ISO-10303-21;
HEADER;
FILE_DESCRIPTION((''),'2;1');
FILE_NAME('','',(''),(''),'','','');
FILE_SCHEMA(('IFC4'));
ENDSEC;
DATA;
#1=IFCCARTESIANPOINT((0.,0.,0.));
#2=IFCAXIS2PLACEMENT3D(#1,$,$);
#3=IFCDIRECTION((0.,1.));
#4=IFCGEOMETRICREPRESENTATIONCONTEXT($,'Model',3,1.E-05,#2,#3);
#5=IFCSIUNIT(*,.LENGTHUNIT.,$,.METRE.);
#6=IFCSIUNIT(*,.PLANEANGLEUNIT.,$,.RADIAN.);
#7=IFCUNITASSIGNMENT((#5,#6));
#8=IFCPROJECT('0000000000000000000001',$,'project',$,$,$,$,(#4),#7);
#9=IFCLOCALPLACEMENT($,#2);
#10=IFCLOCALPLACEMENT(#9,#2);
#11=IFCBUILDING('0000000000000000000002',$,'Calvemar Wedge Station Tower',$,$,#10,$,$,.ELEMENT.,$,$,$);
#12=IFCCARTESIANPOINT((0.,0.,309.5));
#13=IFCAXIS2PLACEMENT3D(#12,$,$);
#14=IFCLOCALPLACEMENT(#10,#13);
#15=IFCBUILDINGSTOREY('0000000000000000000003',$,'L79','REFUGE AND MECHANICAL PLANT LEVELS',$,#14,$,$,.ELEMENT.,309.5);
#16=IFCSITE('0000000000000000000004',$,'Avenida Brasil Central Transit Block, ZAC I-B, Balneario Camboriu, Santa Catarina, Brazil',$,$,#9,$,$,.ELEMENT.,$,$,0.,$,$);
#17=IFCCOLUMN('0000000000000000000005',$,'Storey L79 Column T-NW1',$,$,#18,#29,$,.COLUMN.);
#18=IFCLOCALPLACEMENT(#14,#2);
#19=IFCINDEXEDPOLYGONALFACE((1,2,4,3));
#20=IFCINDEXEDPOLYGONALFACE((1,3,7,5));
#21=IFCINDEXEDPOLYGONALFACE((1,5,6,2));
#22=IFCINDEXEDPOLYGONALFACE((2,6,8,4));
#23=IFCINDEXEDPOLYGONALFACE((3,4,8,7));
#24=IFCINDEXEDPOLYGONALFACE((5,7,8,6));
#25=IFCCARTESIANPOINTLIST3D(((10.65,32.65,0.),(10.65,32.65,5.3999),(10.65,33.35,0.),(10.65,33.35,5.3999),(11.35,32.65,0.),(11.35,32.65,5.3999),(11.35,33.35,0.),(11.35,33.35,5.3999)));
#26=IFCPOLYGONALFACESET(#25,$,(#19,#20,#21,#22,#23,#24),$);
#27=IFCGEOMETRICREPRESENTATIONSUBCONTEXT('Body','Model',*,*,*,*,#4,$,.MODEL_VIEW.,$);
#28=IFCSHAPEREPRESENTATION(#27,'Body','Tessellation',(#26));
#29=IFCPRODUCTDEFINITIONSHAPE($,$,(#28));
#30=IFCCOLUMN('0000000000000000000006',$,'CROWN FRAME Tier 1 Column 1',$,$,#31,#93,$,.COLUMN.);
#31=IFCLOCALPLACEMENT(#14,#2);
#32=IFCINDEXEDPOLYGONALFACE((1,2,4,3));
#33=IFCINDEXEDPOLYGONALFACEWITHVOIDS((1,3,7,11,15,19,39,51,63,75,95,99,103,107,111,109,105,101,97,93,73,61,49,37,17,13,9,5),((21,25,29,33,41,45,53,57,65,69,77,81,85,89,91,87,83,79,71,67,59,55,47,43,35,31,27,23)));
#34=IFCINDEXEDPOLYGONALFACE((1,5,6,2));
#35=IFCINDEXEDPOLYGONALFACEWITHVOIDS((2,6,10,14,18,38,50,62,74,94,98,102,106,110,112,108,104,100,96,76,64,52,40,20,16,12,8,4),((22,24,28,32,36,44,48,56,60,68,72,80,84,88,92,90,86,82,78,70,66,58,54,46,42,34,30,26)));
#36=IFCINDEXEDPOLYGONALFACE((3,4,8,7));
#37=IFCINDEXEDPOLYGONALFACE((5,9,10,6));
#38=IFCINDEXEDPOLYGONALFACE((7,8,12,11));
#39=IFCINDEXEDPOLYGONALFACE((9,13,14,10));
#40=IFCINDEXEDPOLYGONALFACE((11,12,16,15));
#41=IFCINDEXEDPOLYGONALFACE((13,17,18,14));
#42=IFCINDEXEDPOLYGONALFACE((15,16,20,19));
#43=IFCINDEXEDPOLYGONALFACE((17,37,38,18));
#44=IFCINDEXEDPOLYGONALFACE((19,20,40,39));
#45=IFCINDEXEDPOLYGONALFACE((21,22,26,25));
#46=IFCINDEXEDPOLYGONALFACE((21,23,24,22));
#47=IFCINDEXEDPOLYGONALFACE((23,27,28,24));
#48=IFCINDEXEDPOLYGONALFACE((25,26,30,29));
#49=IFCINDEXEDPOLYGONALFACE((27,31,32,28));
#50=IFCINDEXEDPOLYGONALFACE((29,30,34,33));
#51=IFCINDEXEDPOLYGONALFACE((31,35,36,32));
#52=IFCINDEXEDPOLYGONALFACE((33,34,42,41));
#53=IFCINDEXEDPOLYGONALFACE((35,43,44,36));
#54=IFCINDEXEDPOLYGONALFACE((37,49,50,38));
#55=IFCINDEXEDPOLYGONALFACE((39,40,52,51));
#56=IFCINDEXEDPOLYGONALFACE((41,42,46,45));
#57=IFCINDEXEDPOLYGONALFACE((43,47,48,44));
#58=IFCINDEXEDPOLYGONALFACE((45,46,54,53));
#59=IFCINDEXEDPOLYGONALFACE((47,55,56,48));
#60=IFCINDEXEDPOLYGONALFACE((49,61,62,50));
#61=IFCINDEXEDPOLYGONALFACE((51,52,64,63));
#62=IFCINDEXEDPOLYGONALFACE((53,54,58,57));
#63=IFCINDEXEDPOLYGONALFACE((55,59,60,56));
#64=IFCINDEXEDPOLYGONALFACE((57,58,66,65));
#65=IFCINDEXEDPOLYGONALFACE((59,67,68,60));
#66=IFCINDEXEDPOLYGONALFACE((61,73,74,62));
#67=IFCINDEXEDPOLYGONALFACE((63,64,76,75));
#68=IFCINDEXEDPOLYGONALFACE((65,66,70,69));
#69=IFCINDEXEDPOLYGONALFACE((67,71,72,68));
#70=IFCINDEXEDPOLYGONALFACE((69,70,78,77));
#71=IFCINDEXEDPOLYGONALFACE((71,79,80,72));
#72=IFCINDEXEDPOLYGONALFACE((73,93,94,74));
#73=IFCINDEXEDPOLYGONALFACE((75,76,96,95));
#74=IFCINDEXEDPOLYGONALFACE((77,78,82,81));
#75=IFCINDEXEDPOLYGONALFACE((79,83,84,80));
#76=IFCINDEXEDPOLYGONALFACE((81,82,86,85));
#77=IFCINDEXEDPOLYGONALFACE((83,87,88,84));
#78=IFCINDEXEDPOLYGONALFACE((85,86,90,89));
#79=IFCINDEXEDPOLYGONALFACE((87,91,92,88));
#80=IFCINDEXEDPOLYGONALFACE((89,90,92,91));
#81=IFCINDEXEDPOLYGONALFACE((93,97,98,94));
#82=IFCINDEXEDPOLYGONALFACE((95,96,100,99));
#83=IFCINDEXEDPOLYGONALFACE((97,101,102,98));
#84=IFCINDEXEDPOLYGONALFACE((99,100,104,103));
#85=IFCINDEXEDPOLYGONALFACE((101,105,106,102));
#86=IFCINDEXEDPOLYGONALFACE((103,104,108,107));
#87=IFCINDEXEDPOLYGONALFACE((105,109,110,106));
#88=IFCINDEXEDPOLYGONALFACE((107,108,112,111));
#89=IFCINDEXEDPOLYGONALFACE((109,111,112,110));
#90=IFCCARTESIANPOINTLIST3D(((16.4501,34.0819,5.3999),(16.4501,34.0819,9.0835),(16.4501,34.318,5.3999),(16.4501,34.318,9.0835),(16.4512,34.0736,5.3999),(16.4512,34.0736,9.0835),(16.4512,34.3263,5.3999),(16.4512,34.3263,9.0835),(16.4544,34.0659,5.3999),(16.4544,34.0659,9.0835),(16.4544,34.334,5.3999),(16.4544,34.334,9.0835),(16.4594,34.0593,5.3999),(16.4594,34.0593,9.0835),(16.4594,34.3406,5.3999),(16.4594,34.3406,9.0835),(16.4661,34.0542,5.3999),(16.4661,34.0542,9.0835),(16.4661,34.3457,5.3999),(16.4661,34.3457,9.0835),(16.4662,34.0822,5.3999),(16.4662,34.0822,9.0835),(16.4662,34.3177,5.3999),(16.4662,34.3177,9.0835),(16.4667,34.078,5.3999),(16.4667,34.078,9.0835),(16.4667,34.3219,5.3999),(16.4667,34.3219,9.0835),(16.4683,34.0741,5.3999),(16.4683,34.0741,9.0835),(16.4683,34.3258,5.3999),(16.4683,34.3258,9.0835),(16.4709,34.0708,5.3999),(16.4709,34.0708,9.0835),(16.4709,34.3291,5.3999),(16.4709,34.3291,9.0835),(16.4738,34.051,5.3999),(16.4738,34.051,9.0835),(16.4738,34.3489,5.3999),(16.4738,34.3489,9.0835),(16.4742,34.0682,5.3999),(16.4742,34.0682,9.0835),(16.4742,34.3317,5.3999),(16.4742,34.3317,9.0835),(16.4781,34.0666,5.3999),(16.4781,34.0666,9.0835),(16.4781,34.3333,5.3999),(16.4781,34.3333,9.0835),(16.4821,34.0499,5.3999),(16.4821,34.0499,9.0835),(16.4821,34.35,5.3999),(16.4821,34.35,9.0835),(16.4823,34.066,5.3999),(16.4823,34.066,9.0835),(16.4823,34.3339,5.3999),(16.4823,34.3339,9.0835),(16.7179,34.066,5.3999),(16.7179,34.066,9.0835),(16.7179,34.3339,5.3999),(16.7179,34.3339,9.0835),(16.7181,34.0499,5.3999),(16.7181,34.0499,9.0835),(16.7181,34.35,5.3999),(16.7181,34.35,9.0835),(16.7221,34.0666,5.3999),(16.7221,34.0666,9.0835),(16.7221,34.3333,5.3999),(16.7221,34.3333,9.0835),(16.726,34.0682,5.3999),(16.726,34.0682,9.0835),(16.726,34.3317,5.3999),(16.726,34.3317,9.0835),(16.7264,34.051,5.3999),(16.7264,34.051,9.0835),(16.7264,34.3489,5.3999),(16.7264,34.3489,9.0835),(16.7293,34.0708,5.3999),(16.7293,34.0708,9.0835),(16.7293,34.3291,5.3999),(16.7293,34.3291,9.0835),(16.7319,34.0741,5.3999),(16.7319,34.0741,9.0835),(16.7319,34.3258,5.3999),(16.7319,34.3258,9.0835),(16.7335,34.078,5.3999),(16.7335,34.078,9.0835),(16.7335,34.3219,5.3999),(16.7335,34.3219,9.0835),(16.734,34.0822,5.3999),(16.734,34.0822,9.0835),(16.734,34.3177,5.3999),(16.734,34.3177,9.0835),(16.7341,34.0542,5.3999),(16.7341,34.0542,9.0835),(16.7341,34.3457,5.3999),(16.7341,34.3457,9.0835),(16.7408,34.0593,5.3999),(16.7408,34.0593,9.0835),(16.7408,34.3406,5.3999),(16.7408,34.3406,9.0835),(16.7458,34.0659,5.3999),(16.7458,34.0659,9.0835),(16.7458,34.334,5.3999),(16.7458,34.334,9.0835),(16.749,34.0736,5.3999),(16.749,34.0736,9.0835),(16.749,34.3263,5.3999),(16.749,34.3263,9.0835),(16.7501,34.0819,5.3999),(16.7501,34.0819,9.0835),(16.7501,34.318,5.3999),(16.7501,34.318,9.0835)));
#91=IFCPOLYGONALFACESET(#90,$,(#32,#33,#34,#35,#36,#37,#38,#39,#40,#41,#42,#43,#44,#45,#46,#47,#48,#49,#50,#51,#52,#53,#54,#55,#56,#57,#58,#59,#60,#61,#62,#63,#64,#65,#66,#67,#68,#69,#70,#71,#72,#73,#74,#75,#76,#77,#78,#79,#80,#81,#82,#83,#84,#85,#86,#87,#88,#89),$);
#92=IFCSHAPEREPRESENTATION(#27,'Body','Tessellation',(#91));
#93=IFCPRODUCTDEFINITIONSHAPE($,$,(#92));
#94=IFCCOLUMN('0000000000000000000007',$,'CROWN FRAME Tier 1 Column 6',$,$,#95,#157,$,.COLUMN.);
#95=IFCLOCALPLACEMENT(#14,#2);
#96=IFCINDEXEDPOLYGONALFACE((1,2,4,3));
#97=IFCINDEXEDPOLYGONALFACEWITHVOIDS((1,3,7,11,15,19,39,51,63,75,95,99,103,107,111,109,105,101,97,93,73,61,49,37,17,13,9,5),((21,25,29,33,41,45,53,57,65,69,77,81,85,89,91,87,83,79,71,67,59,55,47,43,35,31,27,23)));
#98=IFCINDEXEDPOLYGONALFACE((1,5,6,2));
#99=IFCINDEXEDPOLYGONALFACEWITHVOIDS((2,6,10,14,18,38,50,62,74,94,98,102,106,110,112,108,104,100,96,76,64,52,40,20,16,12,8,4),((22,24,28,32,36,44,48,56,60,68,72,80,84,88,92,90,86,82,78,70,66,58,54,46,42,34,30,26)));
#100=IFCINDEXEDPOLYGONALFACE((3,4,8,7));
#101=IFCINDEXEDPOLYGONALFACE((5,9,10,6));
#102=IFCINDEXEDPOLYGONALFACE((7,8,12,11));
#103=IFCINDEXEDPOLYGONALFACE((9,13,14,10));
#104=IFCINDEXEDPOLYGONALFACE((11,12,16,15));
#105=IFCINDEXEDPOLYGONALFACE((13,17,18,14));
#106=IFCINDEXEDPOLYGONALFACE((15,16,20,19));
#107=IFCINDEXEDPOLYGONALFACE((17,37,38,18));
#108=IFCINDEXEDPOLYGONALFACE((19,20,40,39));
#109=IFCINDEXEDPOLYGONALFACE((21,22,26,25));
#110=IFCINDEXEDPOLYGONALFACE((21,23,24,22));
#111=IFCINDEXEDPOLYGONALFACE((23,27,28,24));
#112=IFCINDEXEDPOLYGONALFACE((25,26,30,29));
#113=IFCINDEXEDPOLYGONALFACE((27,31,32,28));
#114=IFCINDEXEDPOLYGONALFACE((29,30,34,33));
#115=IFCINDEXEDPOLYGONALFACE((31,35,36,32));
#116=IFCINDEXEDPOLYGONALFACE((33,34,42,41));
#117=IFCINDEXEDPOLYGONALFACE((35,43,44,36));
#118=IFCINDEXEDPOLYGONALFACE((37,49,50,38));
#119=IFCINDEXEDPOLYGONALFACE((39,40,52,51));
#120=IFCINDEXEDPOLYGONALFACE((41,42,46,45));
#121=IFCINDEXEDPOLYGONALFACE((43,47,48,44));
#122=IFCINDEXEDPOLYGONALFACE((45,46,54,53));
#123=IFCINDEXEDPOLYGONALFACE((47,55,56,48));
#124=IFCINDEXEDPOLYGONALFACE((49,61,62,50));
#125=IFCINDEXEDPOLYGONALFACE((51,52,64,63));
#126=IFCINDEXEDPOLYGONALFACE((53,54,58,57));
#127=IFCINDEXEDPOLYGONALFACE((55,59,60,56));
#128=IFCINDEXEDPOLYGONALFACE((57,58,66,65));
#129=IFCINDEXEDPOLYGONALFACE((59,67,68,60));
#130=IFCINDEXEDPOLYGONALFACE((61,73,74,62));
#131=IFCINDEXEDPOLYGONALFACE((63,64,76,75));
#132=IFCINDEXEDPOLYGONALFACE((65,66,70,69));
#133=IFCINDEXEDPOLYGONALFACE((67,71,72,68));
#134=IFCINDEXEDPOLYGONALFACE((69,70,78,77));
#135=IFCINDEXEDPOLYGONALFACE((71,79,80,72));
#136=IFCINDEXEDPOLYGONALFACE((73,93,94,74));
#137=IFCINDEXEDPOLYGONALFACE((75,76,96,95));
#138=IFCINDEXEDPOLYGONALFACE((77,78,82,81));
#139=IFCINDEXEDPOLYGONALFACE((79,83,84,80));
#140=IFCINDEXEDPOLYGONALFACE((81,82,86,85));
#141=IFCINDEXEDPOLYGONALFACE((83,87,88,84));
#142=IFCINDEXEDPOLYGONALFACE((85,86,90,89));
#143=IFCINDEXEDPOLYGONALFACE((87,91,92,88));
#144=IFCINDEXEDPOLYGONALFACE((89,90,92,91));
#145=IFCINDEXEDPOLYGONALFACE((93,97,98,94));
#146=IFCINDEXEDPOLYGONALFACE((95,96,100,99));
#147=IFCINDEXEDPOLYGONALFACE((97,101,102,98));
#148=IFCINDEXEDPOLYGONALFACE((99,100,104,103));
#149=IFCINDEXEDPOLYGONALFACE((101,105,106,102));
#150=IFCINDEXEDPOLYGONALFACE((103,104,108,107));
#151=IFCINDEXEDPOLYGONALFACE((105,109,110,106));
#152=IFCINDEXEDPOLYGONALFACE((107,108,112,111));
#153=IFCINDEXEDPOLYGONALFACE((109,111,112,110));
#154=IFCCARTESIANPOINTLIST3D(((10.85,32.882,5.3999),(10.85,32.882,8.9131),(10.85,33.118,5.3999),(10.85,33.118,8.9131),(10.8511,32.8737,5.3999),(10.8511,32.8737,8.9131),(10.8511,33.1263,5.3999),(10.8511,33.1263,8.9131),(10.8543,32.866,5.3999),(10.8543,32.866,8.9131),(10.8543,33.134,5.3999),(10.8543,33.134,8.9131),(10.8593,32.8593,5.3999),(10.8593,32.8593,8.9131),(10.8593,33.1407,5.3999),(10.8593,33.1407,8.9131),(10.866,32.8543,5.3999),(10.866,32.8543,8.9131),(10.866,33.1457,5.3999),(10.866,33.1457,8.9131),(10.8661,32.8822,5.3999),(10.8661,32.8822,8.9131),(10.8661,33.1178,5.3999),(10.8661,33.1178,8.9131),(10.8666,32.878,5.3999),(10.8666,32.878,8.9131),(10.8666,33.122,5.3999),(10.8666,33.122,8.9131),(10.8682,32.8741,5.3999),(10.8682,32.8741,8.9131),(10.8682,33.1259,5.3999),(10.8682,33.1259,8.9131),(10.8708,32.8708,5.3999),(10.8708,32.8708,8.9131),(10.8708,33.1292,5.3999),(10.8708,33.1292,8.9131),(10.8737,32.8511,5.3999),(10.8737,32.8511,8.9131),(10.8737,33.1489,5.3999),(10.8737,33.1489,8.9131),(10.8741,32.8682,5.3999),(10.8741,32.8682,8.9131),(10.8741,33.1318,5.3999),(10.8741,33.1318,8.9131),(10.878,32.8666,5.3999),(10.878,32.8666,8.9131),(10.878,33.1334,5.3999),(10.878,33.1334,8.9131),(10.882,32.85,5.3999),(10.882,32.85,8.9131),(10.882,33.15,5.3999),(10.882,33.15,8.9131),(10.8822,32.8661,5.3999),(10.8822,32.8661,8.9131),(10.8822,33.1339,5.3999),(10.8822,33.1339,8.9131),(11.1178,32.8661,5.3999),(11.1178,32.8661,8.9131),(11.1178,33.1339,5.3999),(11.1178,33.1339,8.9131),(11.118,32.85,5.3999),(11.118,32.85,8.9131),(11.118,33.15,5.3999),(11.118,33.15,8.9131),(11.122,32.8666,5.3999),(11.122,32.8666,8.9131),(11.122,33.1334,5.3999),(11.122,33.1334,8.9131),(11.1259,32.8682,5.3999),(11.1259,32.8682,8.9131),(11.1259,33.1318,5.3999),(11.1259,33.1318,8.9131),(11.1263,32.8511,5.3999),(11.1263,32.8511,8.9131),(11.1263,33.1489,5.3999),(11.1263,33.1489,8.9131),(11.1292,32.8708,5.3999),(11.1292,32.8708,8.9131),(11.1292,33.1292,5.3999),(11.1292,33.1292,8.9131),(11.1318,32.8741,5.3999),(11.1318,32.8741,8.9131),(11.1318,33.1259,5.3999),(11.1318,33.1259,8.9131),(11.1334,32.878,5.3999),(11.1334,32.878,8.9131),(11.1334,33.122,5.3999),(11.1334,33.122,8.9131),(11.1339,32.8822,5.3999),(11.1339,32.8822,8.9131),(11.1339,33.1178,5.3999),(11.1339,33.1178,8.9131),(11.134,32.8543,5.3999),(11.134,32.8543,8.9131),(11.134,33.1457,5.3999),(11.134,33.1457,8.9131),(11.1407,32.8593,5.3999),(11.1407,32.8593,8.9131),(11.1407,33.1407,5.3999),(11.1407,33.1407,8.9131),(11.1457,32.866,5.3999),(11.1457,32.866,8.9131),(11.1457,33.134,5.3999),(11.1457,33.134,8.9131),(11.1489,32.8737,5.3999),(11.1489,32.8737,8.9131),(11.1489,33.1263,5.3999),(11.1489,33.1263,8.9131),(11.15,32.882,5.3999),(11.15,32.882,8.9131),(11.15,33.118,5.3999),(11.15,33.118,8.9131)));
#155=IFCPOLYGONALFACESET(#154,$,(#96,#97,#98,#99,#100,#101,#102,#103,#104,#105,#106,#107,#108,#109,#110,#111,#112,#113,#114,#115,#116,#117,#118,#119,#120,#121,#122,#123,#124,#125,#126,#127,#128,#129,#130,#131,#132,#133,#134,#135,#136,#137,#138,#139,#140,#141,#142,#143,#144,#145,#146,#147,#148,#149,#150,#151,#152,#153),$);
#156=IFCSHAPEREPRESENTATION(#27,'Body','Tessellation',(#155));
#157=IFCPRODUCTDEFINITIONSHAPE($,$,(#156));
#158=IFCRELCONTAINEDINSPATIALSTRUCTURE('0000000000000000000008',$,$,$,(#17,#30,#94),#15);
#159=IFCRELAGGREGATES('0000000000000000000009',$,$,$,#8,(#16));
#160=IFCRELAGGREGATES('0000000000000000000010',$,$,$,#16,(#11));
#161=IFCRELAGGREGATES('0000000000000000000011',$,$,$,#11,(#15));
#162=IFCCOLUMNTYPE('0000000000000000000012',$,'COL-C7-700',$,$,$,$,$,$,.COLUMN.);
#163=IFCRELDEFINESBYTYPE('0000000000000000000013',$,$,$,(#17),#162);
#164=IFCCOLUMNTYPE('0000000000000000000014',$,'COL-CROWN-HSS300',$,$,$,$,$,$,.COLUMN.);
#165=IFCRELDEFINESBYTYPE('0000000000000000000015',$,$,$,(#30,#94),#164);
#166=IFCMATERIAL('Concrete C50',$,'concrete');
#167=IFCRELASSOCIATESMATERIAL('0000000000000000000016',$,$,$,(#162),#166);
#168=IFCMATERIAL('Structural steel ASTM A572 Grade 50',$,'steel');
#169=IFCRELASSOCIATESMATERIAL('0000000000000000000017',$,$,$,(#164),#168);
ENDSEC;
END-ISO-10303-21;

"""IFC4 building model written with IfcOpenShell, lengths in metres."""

from ifc_helpers import new_model, si_unit, direction, frame, origin, origin_2d, place, context, subcontext, project, spatial, rectangle, hollow_rectangle, extrude, source, transform, mapped, material, material_profile, profile_set, type_object, element, save


model = new_model("IFC4")

# Units and contexts
model_context = context("Model", 3, precision=1e-05, world=origin(), true_north=direction((0.0, 1.0)))
body_context = subcontext(model_context, "Body", "Model", "MODEL_VIEW")
ifc_project = project(units=[si_unit("LENGTHUNIT", "METRE"), si_unit("PLANEANGLEUNIT", "RADIAN")], contexts=[model_context])

# Site, building, storey
site_placement = place(None, origin())
site = spatial("IfcSite", under=ifc_project, at=site_placement, Name="Avenida Brasil Central Transit Block, ZAC I-B, Balneario Camboriu, Santa Catarina, Brazil", CompositionType="ELEMENT", RefElevation=0.0)
building_placement = place(site_placement, origin())
building = spatial("IfcBuilding", under=site, at=building_placement, Name="Calvemar Wedge Station Tower", CompositionType="ELEMENT")
storey_placement = place(building_placement, frame((0.0, 0.0, 309.5)))
storey = spatial("IfcBuildingStorey", under=building, at=storey_placement, Name="L79", Description="REFUGE AND MECHANICAL PLANT LEVELS", CompositionType="ELEMENT", Elevation=309.5)

# Columns
ifc_material_1 = material(Name="Concrete C50", Category="concrete")
ifc_material_profile_1 = material_profile(ifc_material_1, rectangle(XDim=0.7, YDim=0.7, at=origin_2d()), Name="RC700x700")
ifc_profile_set_1 = profile_set([ifc_material_profile_1], Name="Concrete C50")
column_type_1 = type_object("IfcColumnType", Name="COL-C7-700", PredefinedType="COLUMN", material=ifc_profile_set_1)
shared_shape_1 = source(origin(), body_context, "Body", "SweptSolid", [
    extrude(rectangle(XDim=0.7, YDim=0.7, at=origin_2d()), origin(), (0.0, 0.0, 1.0), 5.3999),
])
column_1_placement = place(storey_placement, frame((11.0, 33.0, 0.0), z_axis=(0.0, 0.0, 1.0), x_axis=(1.0, 0.0, 0.0)))
element("IfcColumn", 1, at=column_1_placement, inside=storey, type_object=column_type_1, Name="Storey L79 Column T-NW1", PredefinedType="COLUMN", context=body_context, shape_type="MappedRepresentation", body=[
    mapped(shared_shape_1, transform((0.0, 0.0, 0.0), scale=1.0)),
])
ifc_material_2 = material(Name="Structural steel ASTM A572 Grade 50", Category="steel")
ifc_material_profile_2 = material_profile(ifc_material_2, hollow_rectangle(XDim=0.3, YDim=0.3, WallThickness=0.0161, InnerFilletRadius=0.0161, OuterFilletRadius=0.032, at=origin_2d()), Name="HSS300x300x16")
ifc_profile_set_2 = profile_set([ifc_material_profile_2], Name="Structural steel ASTM A572 Grade 50")
column_type_2 = type_object("IfcColumnType", Name="COL-CROWN-HSS300", PredefinedType="COLUMN", material=ifc_profile_set_2)
shared_shape_2 = source(origin(), body_context, "Body", "SweptSolid", [
    extrude(hollow_rectangle(XDim=0.3, YDim=0.3, WallThickness=0.0161, InnerFilletRadius=0.0161, OuterFilletRadius=0.032, at=origin_2d()), origin(), (0.0, 0.0, 1.0), 3.6836),
])
column_2_placement = place(storey_placement, frame((16.6001, 34.2, 5.3999), z_axis=(0.0, 0.0, 1.0), x_axis=(1.0, 0.0, 0.0)))
element("IfcColumn", 2, at=column_2_placement, inside=storey, type_object=column_type_2, Name="CROWN FRAME Tier 1 Column 1", PredefinedType="COLUMN", context=body_context, shape_type="MappedRepresentation", body=[
    mapped(shared_shape_2, transform((0.0, 0.0, 0.0), scale=1.0)),
])
shared_shape_3 = source(origin(), body_context, "Body", "SweptSolid", [
    extrude(hollow_rectangle(XDim=0.3, YDim=0.3, WallThickness=0.0161, InnerFilletRadius=0.0161, OuterFilletRadius=0.032, at=origin_2d()), origin(), (0.0, 0.0, 1.0), 3.5132),
])
column_3_placement = place(storey_placement, frame((11.0, 33.0, 5.3999), z_axis=(0.0, 0.0, 1.0), x_axis=(1.0, 0.0, 0.0)))
element("IfcColumn", 3, at=column_3_placement, inside=storey, type_object=column_type_2, Name="CROWN FRAME Tier 1 Column 6", PredefinedType="COLUMN", context=body_context, shape_type="MappedRepresentation", body=[
    mapped(shared_shape_3, transform((0.0, 0.0, 0.0), scale=1.0)),
])

save(model, "model.ifc")
